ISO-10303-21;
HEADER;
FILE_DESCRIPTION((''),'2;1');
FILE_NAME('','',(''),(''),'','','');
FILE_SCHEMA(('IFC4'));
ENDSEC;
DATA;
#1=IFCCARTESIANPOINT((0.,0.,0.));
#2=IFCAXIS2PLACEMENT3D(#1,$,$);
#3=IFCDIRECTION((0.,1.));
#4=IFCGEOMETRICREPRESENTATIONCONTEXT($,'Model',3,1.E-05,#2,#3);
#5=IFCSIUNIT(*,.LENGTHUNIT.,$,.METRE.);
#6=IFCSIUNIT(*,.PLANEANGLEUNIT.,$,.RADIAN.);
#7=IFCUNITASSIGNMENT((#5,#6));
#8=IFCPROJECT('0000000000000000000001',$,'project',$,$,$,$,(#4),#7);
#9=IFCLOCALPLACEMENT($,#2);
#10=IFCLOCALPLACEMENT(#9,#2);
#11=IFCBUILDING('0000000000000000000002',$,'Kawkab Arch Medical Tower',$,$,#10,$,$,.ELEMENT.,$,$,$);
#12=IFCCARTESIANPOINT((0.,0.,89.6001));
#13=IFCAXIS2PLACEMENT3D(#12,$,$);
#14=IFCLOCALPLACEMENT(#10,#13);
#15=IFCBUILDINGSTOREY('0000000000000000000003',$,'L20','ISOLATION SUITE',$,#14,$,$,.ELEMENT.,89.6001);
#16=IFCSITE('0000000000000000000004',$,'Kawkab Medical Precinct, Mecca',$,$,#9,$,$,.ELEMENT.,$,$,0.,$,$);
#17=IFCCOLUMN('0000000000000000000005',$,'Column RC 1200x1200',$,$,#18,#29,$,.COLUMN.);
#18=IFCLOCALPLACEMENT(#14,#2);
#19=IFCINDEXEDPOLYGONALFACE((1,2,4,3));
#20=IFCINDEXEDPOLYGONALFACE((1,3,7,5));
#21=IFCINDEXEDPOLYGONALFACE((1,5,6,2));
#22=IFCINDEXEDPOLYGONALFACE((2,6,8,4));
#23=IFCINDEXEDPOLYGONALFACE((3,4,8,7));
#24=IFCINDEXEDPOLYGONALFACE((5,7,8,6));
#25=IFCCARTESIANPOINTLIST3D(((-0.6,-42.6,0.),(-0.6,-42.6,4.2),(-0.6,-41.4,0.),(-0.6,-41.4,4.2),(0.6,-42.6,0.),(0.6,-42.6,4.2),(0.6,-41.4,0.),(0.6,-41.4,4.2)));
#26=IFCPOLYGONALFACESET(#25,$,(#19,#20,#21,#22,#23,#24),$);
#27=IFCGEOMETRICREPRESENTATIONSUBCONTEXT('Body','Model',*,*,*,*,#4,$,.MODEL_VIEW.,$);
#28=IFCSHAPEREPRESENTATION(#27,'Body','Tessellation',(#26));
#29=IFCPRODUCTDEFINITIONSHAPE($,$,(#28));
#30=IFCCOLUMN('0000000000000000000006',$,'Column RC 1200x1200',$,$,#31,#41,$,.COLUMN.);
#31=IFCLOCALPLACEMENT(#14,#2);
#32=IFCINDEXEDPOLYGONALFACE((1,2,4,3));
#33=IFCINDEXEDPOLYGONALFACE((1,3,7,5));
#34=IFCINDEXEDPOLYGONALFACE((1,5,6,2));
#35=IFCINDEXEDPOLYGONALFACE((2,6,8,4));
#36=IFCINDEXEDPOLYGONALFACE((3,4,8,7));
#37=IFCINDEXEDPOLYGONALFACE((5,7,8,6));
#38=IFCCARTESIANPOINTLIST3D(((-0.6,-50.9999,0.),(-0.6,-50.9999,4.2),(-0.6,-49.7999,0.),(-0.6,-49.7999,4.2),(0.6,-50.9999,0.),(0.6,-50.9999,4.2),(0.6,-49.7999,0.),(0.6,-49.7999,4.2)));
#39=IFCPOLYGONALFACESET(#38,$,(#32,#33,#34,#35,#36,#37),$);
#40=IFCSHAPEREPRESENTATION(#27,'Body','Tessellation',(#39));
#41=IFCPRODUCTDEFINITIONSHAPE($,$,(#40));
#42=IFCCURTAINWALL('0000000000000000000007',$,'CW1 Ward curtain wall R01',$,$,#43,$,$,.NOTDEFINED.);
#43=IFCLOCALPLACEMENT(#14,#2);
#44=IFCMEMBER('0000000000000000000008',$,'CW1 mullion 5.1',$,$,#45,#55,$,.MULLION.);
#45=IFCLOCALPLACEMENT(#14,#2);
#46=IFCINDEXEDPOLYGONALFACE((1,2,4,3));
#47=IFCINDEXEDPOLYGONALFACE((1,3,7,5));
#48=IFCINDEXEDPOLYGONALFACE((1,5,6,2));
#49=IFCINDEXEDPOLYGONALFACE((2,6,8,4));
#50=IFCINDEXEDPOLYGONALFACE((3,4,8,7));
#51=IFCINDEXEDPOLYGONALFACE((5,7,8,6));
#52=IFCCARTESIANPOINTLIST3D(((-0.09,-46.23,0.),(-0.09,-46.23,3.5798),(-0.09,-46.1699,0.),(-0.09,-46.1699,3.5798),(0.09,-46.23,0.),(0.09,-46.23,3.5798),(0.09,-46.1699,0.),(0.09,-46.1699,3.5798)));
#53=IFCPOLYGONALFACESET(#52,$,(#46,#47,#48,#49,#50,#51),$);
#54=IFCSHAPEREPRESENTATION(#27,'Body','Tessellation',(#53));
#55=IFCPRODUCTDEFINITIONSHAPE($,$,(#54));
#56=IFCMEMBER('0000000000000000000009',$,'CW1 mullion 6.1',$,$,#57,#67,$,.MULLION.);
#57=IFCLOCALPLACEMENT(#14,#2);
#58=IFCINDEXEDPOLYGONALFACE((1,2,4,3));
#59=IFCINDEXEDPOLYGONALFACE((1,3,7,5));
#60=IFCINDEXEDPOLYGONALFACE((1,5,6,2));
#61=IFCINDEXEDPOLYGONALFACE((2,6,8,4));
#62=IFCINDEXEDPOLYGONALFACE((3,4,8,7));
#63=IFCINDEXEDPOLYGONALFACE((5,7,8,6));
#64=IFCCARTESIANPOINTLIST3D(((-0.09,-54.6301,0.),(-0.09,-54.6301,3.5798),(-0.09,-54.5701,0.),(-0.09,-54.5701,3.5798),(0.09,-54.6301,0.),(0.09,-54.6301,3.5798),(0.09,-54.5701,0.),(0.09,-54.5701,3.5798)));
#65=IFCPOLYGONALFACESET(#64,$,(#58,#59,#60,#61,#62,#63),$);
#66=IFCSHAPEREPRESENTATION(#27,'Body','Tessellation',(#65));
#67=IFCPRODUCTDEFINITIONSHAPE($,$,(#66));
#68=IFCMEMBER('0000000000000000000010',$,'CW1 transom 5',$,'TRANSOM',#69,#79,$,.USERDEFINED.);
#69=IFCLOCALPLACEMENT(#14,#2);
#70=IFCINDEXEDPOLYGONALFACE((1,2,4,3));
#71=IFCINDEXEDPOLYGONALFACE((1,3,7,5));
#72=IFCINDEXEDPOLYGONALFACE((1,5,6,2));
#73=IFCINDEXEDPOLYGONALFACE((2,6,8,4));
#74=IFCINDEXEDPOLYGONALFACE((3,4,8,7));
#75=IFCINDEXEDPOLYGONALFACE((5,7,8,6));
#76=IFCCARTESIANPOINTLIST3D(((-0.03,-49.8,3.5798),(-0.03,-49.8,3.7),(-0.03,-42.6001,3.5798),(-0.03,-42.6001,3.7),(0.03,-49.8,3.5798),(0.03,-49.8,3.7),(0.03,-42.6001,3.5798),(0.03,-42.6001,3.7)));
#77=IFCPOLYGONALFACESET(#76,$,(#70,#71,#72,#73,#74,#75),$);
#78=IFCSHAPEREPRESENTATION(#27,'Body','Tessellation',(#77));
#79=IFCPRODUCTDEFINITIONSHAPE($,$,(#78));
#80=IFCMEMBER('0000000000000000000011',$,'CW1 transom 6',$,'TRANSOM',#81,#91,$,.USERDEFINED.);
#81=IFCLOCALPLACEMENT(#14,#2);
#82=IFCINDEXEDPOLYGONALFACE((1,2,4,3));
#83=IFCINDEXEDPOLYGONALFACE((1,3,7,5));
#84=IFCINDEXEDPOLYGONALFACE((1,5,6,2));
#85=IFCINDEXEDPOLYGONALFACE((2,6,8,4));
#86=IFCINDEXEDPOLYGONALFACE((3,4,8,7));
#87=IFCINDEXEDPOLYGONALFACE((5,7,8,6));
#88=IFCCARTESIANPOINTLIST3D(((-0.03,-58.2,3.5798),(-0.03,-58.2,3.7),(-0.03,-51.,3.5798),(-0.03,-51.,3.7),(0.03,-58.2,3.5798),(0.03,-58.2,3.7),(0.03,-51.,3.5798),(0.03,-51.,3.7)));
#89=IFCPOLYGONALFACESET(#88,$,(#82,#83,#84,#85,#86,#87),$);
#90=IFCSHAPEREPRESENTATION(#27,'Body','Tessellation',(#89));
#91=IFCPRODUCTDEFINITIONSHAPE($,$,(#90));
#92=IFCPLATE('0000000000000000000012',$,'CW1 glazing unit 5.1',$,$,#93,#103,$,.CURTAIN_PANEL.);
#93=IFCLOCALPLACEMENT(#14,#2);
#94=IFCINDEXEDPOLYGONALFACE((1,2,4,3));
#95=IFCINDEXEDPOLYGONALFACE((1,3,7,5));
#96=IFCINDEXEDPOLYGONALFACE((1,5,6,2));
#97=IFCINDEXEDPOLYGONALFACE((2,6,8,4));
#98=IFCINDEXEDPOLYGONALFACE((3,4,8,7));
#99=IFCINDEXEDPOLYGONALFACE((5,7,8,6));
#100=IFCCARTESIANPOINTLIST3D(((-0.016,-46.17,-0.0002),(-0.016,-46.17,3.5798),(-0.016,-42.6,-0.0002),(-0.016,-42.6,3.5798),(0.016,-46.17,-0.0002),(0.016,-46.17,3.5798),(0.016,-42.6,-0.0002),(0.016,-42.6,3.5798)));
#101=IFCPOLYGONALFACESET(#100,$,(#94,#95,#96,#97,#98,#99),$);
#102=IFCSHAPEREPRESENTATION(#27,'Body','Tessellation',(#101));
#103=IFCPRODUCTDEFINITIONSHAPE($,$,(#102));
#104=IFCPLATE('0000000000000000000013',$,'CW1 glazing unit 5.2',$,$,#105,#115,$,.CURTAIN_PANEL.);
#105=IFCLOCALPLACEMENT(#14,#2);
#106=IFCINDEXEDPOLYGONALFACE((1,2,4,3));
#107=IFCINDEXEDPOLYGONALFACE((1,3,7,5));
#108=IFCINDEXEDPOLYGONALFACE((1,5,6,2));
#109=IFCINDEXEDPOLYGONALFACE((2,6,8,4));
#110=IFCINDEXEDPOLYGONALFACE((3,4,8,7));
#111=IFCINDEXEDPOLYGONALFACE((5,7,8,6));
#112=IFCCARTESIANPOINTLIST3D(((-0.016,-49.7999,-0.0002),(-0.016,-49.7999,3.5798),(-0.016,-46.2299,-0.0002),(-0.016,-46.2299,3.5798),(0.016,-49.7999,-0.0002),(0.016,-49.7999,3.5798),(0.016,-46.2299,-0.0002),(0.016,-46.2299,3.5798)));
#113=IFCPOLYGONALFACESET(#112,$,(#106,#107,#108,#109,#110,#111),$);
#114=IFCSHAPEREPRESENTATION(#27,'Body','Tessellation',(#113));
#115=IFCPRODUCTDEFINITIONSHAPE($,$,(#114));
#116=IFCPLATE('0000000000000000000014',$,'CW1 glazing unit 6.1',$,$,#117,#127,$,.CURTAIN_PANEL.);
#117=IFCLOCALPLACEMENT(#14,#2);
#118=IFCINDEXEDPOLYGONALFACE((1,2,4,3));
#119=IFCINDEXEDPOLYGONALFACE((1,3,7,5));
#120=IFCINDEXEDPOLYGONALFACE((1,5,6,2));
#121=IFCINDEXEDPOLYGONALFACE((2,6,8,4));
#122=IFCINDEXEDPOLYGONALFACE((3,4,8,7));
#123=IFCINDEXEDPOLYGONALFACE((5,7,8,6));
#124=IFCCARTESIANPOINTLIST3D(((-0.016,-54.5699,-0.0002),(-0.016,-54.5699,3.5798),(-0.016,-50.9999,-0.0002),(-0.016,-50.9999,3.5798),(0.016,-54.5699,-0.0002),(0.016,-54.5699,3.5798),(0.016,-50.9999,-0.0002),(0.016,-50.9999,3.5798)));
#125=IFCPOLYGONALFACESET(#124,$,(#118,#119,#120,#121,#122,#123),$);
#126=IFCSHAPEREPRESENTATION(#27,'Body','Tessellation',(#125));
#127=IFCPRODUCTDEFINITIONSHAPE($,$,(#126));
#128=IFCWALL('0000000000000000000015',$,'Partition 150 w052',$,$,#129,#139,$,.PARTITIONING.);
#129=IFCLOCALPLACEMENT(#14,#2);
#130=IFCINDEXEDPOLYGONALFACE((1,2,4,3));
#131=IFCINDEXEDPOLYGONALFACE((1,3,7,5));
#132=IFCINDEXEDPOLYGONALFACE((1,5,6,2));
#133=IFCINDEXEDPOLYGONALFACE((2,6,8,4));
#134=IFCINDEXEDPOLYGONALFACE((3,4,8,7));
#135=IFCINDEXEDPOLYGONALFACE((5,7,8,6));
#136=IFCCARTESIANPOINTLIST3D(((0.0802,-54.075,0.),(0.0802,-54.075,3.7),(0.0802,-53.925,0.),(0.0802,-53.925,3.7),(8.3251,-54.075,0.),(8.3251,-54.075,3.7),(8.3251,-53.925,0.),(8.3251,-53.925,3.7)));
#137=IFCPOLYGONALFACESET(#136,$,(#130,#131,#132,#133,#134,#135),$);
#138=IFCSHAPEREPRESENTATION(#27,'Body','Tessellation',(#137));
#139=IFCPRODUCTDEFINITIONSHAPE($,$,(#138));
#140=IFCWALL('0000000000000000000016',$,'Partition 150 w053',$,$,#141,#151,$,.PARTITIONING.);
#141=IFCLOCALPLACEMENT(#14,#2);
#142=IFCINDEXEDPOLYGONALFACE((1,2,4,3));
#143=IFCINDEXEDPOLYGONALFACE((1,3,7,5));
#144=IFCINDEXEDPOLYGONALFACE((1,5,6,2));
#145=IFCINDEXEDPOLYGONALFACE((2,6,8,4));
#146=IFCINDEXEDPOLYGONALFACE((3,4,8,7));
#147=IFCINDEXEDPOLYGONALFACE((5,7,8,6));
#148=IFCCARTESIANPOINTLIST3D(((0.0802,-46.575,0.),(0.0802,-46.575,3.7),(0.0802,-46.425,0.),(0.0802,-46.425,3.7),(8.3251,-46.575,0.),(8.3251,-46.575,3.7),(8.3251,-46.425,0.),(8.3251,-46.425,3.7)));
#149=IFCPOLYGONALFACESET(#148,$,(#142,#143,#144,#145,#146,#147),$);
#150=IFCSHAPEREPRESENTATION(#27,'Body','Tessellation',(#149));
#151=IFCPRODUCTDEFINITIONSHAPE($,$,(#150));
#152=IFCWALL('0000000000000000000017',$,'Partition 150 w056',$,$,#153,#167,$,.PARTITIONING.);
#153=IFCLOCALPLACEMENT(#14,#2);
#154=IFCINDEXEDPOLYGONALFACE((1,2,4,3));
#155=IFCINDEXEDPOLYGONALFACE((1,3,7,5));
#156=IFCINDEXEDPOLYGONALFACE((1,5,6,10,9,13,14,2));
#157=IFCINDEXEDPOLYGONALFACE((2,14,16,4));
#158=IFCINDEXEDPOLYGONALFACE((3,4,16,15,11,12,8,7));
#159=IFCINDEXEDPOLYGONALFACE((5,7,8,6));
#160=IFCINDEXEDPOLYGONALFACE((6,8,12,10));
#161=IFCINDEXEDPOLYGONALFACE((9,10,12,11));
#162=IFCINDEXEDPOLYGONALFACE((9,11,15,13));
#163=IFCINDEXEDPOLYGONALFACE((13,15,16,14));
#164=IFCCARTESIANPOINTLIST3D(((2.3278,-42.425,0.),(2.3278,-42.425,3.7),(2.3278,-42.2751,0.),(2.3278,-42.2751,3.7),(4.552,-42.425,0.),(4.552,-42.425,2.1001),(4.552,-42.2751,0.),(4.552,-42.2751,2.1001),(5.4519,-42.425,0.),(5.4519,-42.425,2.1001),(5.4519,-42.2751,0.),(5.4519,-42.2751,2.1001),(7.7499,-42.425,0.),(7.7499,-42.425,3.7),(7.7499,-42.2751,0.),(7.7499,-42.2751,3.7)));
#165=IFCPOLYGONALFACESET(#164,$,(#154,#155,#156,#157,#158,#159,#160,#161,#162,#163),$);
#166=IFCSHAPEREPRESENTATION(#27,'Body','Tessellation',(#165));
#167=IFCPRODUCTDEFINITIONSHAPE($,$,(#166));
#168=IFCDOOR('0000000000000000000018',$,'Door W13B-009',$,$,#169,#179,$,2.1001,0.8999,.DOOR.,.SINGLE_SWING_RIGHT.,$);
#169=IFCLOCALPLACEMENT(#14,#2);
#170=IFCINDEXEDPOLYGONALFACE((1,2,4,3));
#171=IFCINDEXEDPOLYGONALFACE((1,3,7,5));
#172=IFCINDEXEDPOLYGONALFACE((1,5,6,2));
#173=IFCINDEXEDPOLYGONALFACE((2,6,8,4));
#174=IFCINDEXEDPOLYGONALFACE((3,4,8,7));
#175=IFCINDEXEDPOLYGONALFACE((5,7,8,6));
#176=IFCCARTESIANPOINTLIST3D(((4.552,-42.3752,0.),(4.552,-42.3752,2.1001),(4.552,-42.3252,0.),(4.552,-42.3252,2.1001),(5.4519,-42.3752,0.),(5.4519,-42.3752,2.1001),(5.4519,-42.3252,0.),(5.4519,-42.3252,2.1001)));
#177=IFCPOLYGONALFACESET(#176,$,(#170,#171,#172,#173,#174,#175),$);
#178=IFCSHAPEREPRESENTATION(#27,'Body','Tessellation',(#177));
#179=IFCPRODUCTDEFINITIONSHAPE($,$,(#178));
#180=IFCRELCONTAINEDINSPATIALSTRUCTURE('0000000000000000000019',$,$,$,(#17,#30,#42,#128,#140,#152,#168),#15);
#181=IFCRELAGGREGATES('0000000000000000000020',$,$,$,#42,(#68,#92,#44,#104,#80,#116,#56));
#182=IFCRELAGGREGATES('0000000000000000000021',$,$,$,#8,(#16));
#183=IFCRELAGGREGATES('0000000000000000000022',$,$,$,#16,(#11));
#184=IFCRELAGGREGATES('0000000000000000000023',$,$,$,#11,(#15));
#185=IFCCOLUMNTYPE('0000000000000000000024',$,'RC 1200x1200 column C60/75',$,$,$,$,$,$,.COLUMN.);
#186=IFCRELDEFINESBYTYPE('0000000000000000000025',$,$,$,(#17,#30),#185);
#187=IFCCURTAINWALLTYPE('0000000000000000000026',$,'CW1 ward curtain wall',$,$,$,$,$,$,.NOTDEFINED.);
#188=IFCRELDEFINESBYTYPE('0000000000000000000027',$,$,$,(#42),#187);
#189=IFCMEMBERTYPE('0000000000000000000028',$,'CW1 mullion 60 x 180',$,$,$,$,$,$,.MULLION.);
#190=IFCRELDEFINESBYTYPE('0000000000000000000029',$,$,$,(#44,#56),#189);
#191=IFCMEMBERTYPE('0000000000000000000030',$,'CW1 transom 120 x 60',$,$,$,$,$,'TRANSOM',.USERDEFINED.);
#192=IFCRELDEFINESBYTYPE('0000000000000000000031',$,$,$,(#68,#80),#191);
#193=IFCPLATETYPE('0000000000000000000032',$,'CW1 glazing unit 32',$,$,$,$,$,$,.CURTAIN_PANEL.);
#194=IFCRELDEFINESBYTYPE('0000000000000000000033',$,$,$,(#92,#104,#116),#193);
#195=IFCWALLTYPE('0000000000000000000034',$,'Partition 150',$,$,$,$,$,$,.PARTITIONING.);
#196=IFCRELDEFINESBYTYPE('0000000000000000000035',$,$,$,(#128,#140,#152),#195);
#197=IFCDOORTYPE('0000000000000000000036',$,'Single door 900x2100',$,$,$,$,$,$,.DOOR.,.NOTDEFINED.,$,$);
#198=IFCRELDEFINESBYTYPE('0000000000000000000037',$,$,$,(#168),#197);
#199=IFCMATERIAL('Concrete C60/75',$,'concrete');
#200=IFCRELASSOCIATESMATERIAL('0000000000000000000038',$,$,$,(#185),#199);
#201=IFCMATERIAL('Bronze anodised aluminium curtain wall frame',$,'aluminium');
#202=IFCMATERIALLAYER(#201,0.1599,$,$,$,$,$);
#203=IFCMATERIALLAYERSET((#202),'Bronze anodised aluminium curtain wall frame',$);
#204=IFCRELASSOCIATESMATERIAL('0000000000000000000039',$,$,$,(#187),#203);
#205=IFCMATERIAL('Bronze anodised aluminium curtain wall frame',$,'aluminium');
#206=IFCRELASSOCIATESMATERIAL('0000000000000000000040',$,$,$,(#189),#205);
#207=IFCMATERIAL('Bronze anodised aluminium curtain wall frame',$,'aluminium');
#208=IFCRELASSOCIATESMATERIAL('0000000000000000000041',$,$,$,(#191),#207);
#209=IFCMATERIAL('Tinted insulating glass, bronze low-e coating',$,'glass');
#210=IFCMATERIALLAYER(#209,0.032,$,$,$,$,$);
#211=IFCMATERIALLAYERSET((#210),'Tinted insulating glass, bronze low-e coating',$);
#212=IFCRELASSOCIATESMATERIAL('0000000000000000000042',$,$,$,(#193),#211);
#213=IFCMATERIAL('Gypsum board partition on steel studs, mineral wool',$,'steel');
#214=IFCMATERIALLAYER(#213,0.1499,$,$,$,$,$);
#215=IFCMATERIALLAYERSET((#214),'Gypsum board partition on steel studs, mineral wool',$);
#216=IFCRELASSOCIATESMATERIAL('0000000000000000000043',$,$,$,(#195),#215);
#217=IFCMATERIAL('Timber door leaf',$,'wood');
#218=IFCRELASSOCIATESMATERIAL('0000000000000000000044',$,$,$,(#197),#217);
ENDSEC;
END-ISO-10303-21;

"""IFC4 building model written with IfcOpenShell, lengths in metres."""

from ifc_helpers import new_model, si_unit, direction, frame, frame_2d, origin, origin_2d, place, context, subcontext, project, spatial, rectangle, extrude, material, layer, layer_set, material_profile, profile_set, type_object, element, fill, aggregate, save


model = new_model("IFC4")

# Units and contexts
model_context = context("Model", 3, precision=1e-05, world=origin(), true_north=direction((0.0, 1.0)))
body_context = subcontext(model_context, "Body", "Model", "MODEL_VIEW")
ifc_project = project(units=[si_unit("LENGTHUNIT", "METRE"), si_unit("PLANEANGLEUNIT", "RADIAN")], contexts=[model_context])

# Site, building, storey
site_placement = place(None, origin())
site = spatial("IfcSite", under=ifc_project, at=site_placement, Name="Kawkab Medical Precinct, Mecca", CompositionType="ELEMENT", RefElevation=0.0)
building_placement = place(site_placement, origin())
building = spatial("IfcBuilding", under=site, at=building_placement, Name="Kawkab Arch Medical Tower", CompositionType="ELEMENT")
storey_placement = place(building_placement, frame((0.0, 0.0, 89.6001)))
storey = spatial("IfcBuildingStorey", under=building, at=storey_placement, Name="L20", Description="ISOLATION SUITE", CompositionType="ELEMENT", Elevation=89.6001)

# Columns
ifc_material_1 = material(Name="Concrete C60/75", Category="concrete")
ifc_material_profile_1 = material_profile(ifc_material_1, rectangle(XDim=1.2, YDim=1.2, at=origin_2d()), Name="RC 1200x1200")
ifc_profile_set_1 = profile_set([ifc_material_profile_1], Name="Concrete C60/75")
column_type = type_object("IfcColumnType", Name="RC 1200x1200 column C60/75", PredefinedType="COLUMN", material=ifc_profile_set_1)
for number, where, z_axis, x_axis, name in (
    (1, (0.0, -42.0, 0.0), (0.0, 0.0, 1.0), (1.0, 0.0, 0.0), "Column RC 1200x1200"),
    (2, (0.0, -50.3999, 0.0), (0.0, 0.0, 1.0), (1.0, 0.0, 0.0), "Column RC 1200x1200"),
):
    element("IfcColumn", number, at=place(storey_placement, frame(where, z_axis=z_axis, x_axis=x_axis)), inside=storey, type_object=column_type, Name=name, PredefinedType="COLUMN", context=body_context, shape_type="SweptSolid", body=[
        extrude(rectangle(XDim=1.2, YDim=1.2, at=origin_2d()), origin(), (0.0, 0.0, 1.0), 4.2),
    ])

# Curtain wall, members, plates
ifc_material_2 = material(Name="Bronze anodised aluminium curtain wall frame", Category="aluminium")
ifc_layer_1 = layer(ifc_material_2, 0.1599)
ifc_layer_set_1 = layer_set([ifc_layer_1], Name="Bronze anodised aluminium curtain wall frame")
curtain_wall_type = type_object("IfcCurtainWallType", Name="CW1 ward curtain wall", PredefinedType="NOTDEFINED", material=ifc_layer_set_1)
curtain_wall_placement = place(storey_placement, origin())
curtain_wall = element("IfcCurtainWall", 3, at=curtain_wall_placement, inside=storey, type_object=curtain_wall_type, Name="CW1 Ward curtain wall R01", PredefinedType="NOTDEFINED")
ifc_material_3 = material(Name="Bronze anodised aluminium curtain wall frame", Category="aluminium")
ifc_material_profile_2 = material_profile(ifc_material_3, rectangle(XDim=0.1799, YDim=0.0601, at=origin_2d()), Name="AL 60x180")
ifc_profile_set_2 = profile_set([ifc_material_profile_2], Name="Bronze anodised aluminium curtain wall frame")
member_type_1 = type_object("IfcMemberType", Name="CW1 mullion 60 x 180", PredefinedType="MULLION", material=ifc_profile_set_2)
member_1_placement = place(storey_placement, frame((0.0, -46.2, 0.0), z_axis=(0.0, 0.0, 1.0), x_axis=(1.0, 0.0, 0.0)))
member_1 = element("IfcMember", 4, at=member_1_placement, type_object=member_type_1, Name="CW1 mullion 5.1", PredefinedType="MULLION", context=body_context, shape_type="SweptSolid", body=[
    extrude(rectangle(XDim=0.1799, YDim=0.0601, at=origin_2d()), origin(), (0.0, 0.0, 1.0), 3.5798),
])
member_2_placement = place(storey_placement, frame((0.0, -54.6001, 0.0), z_axis=(0.0, 0.0, 1.0), x_axis=(1.0, 0.0, 0.0)))
member_2 = element("IfcMember", 5, at=member_2_placement, type_object=member_type_1, Name="CW1 mullion 6.1", PredefinedType="MULLION", context=body_context, shape_type="SweptSolid", body=[
    extrude(rectangle(XDim=0.1799, YDim=0.0601, at=origin_2d()), origin(), (0.0, 0.0, 1.0), 3.5798),
])
ifc_material_4 = material(Name="Bronze anodised aluminium curtain wall frame", Category="aluminium")
ifc_material_profile_3 = material_profile(ifc_material_4, rectangle(XDim=0.0601, YDim=0.1201, at=origin_2d()), Name="AL 60x120")
ifc_profile_set_3 = profile_set([ifc_material_profile_3], Name="Bronze anodised aluminium curtain wall frame")
member_type_2 = type_object("IfcMemberType", Name="CW1 transom 120 x 60", ElementType="TRANSOM", PredefinedType="USERDEFINED", material=ifc_profile_set_3)
member_3_placement = place(storey_placement, frame((0.0, -42.6001, 3.6399), z_axis=(0.0, -1.0, 0.0), x_axis=(1.0, 0.0, 0.0)))
member_3 = element("IfcMember", 6, at=member_3_placement, type_object=member_type_2, Name="CW1 transom 5", ObjectType="TRANSOM", PredefinedType="USERDEFINED", context=body_context, shape_type="SweptSolid", body=[
    extrude(rectangle(XDim=0.0601, YDim=0.1201, at=origin_2d()), origin(), (0.0, 0.0, 1.0), 7.2),
])
member_4_placement = place(storey_placement, frame((0.0, -51.0, 3.6399), z_axis=(0.0, -1.0, 0.0), x_axis=(1.0, 0.0, 0.0)))
member_4 = element("IfcMember", 7, at=member_4_placement, type_object=member_type_2, Name="CW1 transom 6", ObjectType="TRANSOM", PredefinedType="USERDEFINED", context=body_context, shape_type="SweptSolid", body=[
    extrude(rectangle(XDim=0.0601, YDim=0.1201, at=origin_2d()), origin(), (0.0, 0.0, 1.0), 7.2),
])
ifc_material_5 = material(Name="Tinted insulating glass, bronze low-e coating", Category="glass")
ifc_layer_2 = layer(ifc_material_5, 0.032)
ifc_layer_set_2 = layer_set([ifc_layer_2], Name="Tinted insulating glass, bronze low-e coating")
plate_type = type_object("IfcPlateType", Name="CW1 glazing unit 32", PredefinedType="CURTAIN_PANEL", material=ifc_layer_set_2)
plate_1_placement = place(storey_placement, frame((0.0, -44.385, -0.0002), z_axis=(0.0, 0.0, 1.0), x_axis=(0.0, -1.0, 0.0)))
plate_1 = element("IfcPlate", 8, at=plate_1_placement, type_object=plate_type, Name="CW1 glazing unit 5.1", PredefinedType="CURTAIN_PANEL", context=body_context, shape_type="SweptSolid", body=[
    extrude(rectangle(XDim=3.5701, YDim=0.032, at=origin_2d()), origin(), (0.0, 0.0, 1.0), 3.5801),
])
plate_2_placement = place(storey_placement, frame((0.0, -48.0149, -0.0002), z_axis=(0.0, 0.0, 1.0), x_axis=(0.0, -1.0, 0.0)))
plate_2 = element("IfcPlate", 9, at=plate_2_placement, type_object=plate_type, Name="CW1 glazing unit 5.2", PredefinedType="CURTAIN_PANEL", context=body_context, shape_type="SweptSolid", body=[
    extrude(rectangle(XDim=3.5701, YDim=0.032, at=origin_2d()), origin(), (0.0, 0.0, 1.0), 3.5801),
])
plate_3_placement = place(storey_placement, frame((0.0, -52.7849, -0.0002), z_axis=(0.0, 0.0, 1.0), x_axis=(0.0, -1.0, 0.0)))
plate_3 = element("IfcPlate", 10, at=plate_3_placement, type_object=plate_type, Name="CW1 glazing unit 6.1", PredefinedType="CURTAIN_PANEL", context=body_context, shape_type="SweptSolid", body=[
    extrude(rectangle(XDim=3.5701, YDim=0.032, at=origin_2d()), origin(), (0.0, 0.0, 1.0), 3.5801),
])
aggregate(curtain_wall, [member_3, plate_1, member_1, plate_2, member_4, plate_3, member_2])

# Walls
ifc_material_6 = material(Name="Gypsum board partition on steel studs, mineral wool", Category="steel")
ifc_layer_3 = layer(ifc_material_6, 0.1499)
ifc_layer_set_3 = layer_set([ifc_layer_3], Name="Gypsum board partition on steel studs, mineral wool")
wall_type = type_object("IfcWallType", Name="Partition 150", PredefinedType="PARTITIONING", material=ifc_layer_set_3)
for number, where, z_axis, x_axis, name in (
    (11, (0.0801, -54.0, 0.0), (0.0, 0.0, 1.0), (1.0, 0.0, 0.0), "Partition 150 w052"),
    (12, (0.0801, -46.5, 0.0), (0.0, 0.0, 1.0), (1.0, 0.0, 0.0), "Partition 150 w053"),
):
    element("IfcWall", number, at=place(storey_placement, frame(where, z_axis=z_axis, x_axis=x_axis)), inside=storey, type_object=wall_type, Name=name, PredefinedType="PARTITIONING", context=body_context, shape_type="SweptSolid", body=[
        extrude(rectangle(XDim=8.2449, YDim=0.1499, at=frame_2d((4.1226, 0.0))), origin(), (0.0, 0.0, 1.0), 3.7),
    ])

# Wall, opening, door
wall_1_placement = place(storey_placement, frame((2.3279, -42.3501, 0.0), z_axis=(0.0, 0.0, 1.0), x_axis=(1.0, 0.0, 0.0)))
wall_1 = element("IfcWall", 13, at=wall_1_placement, inside=storey, type_object=wall_type, Name="Partition 150 w056", PredefinedType="PARTITIONING", context=body_context, shape_type="SweptSolid", body=[
    extrude(rectangle(XDim=5.4221, YDim=0.1499, at=frame_2d((2.7109, 0.0))), origin(), (0.0, 0.0, 1.0), 3.7),
])
opening_1_placement = place(wall_1_placement, frame((2.2241, 0.0, 0.0)))
opening_1 = element("IfcOpeningElement", 14, at=opening_1_placement, cuts=wall_1, PredefinedType="OPENING", context=body_context, shape_type="SweptSolid", body=[
    extrude(rectangle(XDim=0.8999, YDim=2.1001, at=frame_2d((0.45, 1.05))), frame((0.0, 0.085, 0.0), z_axis=(0.0, -1.0, 0.0), x_axis=(1.0, 0.0, 0.0)), (0.0, 0.0, 1.0), 0.1699),
])
ifc_material_7 = material(Name="Timber door leaf", Category="wood")
door_type_1 = type_object("IfcDoorType", Name="Single door 900x2100", OperationType="NOTDEFINED", PredefinedType="DOOR", material=ifc_material_7)
door_1_placement = place(opening_1_placement, origin())
door_1 = element("IfcDoor", 15, at=door_1_placement, inside=storey, type_object=door_type_1, Name="Door W13B-009", OperationType="SINGLE_SWING_RIGHT", OverallHeight=2.1001, OverallWidth=0.8999, PredefinedType="DOOR", context=body_context, shape_type="SweptSolid", body=[
    extrude(rectangle(XDim=0.8999, YDim=2.1001, at=frame_2d((0.45, 1.05))), frame((0.0, 0.0249, 0.0), z_axis=(0.0, -1.0, 0.0), x_axis=(1.0, 0.0, 0.0)), (0.0, 0.0, 1.0), 0.05),
])
fill(opening_1, door_1)

save(model, "model.ifc")
